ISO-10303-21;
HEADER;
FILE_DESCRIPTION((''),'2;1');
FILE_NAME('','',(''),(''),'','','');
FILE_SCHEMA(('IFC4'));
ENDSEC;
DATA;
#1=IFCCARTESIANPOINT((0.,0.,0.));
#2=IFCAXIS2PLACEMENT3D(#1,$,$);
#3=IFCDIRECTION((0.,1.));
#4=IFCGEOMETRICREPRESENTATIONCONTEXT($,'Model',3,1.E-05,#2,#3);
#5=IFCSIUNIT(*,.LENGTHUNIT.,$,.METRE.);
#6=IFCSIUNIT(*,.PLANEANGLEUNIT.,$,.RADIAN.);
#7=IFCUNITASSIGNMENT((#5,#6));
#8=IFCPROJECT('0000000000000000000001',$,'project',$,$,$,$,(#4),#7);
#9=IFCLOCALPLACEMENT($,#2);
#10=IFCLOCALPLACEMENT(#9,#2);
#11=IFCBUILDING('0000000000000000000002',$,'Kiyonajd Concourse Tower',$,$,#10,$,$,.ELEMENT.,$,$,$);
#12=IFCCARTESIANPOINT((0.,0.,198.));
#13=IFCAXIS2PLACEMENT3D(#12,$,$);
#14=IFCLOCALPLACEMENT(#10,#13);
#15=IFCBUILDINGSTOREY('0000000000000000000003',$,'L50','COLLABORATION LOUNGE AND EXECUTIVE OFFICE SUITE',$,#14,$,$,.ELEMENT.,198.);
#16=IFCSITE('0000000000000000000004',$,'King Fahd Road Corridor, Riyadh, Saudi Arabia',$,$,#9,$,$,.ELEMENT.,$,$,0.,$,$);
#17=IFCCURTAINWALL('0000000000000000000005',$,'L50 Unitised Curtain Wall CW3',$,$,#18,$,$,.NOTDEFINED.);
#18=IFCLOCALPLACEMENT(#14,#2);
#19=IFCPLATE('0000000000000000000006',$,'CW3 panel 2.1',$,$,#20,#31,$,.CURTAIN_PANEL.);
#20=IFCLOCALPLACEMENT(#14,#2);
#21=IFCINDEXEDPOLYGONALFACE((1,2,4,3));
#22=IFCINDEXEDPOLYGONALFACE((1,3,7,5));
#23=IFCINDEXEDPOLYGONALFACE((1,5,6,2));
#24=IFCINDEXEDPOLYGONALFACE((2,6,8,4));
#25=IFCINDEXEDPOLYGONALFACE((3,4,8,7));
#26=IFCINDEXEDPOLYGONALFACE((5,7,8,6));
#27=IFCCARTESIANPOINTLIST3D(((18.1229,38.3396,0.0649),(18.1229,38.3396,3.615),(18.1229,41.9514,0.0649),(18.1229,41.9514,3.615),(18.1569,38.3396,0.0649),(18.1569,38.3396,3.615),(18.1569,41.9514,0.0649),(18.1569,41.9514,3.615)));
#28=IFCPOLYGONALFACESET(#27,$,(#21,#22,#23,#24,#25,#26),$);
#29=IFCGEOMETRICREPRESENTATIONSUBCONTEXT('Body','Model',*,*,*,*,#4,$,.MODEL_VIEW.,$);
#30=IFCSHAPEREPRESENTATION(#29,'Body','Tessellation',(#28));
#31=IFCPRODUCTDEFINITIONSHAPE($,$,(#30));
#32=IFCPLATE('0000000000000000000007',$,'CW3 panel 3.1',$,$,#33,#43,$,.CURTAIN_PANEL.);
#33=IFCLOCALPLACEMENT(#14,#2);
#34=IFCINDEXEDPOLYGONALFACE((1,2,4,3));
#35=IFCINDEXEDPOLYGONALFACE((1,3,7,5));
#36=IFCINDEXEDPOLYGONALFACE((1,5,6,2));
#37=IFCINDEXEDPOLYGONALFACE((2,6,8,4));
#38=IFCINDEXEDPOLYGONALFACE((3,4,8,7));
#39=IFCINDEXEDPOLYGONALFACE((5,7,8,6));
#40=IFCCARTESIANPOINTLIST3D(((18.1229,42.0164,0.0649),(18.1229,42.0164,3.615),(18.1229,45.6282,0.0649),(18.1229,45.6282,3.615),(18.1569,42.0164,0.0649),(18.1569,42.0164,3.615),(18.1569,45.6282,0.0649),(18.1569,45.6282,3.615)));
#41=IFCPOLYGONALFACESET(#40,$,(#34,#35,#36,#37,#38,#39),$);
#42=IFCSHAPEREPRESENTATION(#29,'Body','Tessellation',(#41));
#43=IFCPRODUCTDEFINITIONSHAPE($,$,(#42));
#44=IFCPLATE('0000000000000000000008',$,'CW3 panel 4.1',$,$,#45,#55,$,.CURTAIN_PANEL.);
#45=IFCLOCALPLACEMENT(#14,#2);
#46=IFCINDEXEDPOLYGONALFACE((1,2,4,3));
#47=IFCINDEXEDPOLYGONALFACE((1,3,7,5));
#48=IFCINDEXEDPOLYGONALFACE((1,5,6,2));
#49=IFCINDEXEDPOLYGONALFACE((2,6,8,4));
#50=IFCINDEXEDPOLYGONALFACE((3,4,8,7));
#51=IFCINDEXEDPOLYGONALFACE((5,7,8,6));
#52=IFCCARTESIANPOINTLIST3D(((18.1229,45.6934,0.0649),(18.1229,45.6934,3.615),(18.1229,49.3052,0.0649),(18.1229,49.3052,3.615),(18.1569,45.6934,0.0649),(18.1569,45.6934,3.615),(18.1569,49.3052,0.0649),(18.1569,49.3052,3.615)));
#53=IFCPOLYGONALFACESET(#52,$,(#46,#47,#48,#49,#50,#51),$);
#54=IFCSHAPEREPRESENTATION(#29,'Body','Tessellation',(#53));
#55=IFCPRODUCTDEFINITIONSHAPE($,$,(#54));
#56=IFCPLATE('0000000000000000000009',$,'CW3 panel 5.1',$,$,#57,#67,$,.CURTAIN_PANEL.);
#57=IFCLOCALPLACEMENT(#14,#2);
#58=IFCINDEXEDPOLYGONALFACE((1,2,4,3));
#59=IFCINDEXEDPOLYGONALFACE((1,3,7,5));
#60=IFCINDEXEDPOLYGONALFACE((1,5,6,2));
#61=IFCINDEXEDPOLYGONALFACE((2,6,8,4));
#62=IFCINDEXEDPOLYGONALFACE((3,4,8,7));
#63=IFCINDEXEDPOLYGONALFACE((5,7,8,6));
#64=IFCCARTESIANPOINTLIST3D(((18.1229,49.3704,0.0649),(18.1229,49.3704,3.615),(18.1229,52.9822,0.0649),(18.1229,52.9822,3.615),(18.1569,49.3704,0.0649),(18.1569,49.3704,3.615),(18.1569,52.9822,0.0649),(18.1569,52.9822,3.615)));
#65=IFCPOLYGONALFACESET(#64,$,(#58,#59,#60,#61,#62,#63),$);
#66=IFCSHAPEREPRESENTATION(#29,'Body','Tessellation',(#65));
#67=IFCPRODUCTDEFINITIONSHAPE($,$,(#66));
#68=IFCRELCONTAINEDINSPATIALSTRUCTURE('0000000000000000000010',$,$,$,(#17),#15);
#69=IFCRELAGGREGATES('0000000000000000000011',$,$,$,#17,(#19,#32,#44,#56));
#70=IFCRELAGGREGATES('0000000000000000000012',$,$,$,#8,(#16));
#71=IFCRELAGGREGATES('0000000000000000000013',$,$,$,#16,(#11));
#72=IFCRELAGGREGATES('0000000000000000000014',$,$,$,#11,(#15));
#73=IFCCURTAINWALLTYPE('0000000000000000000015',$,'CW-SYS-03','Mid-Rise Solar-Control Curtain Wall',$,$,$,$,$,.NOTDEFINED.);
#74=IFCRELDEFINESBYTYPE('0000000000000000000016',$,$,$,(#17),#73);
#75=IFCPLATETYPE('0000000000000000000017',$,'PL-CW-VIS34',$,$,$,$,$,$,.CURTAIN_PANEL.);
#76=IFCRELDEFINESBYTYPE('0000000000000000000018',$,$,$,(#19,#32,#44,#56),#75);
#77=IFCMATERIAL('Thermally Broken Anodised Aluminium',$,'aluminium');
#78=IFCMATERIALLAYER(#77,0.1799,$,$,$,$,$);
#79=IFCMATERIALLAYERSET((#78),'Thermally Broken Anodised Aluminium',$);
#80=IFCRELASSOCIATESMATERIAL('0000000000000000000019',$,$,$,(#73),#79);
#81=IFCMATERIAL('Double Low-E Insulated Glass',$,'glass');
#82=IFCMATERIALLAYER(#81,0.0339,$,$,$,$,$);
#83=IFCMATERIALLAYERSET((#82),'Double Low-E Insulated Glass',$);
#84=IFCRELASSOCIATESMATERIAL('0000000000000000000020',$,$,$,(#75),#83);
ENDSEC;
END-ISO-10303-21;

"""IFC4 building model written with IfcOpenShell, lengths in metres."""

from ifc_helpers import new_model, si_unit, direction, frame, origin, origin_2d, place, context, subcontext, project, spatial, rectangle, extrude, material, layer, layer_set, type_object, element, aggregate, save


model = new_model("IFC4")

# Units and contexts
model_context = context("Model", 3, precision=1e-05, world=origin(), true_north=direction((0.0, 1.0)))
body_context = subcontext(model_context, "Body", "Model", "MODEL_VIEW")
ifc_project = project(units=[si_unit("LENGTHUNIT", "METRE"), si_unit("PLANEANGLEUNIT", "RADIAN")], contexts=[model_context])

# Site, building, storey
site_placement = place(None, origin())
site = spatial("IfcSite", under=ifc_project, at=site_placement, Name="King Fahd Road Corridor, Riyadh, Saudi Arabia", CompositionType="ELEMENT", RefElevation=0.0)
building_placement = place(site_placement, origin())
building = spatial("IfcBuilding", under=site, at=building_placement, Name="Kiyonajd Concourse Tower", CompositionType="ELEMENT")
storey_placement = place(building_placement, frame((0.0, 0.0, 198.0)))
storey = spatial("IfcBuildingStorey", under=building, at=storey_placement, Name="L50", Description="COLLABORATION LOUNGE AND EXECUTIVE OFFICE SUITE", CompositionType="ELEMENT", Elevation=198.0)

# Curtain wall, plates
ifc_material_1 = material(Name="Thermally Broken Anodised Aluminium", Category="aluminium")
ifc_layer_1 = layer(ifc_material_1, 0.1799)
ifc_layer_set_1 = layer_set([ifc_layer_1], Name="Thermally Broken Anodised Aluminium")
curtain_wall_type = type_object("IfcCurtainWallType", Name="CW-SYS-03", Description="Mid-Rise Solar-Control Curtain Wall", PredefinedType="NOTDEFINED", material=ifc_layer_set_1)
curtain_wall_placement = place(storey_placement, origin())
curtain_wall = element("IfcCurtainWall", 1, at=curtain_wall_placement, inside=storey, type_object=curtain_wall_type, Name="L50 Unitised Curtain Wall CW3", PredefinedType="NOTDEFINED")
ifc_material_2 = material(Name="Double Low-E Insulated Glass", Category="glass")
ifc_layer_2 = layer(ifc_material_2, 0.0339)
ifc_layer_set_2 = layer_set([ifc_layer_2], Name="Double Low-E Insulated Glass")
plate_type = type_object("IfcPlateType", Name="PL-CW-VIS34", PredefinedType="CURTAIN_PANEL", material=ifc_layer_set_2)
plate_1_placement = place(storey_placement, frame((18.1399, 40.1455, 0.0649), z_axis=(0.0, 0.0, 1.0), x_axis=(0.0, 1.0, 0.0)))
plate_1 = element("IfcPlate", 2, at=plate_1_placement, type_object=plate_type, Name="CW3 panel 2.1", PredefinedType="CURTAIN_PANEL", context=body_context, shape_type="SweptSolid", body=[
    extrude(rectangle(XDim=3.6118, YDim=0.0339, at=origin_2d()), origin(), (0.0, 0.0, 1.0), 3.55),
])
plate_2_placement = place(storey_placement, frame((18.1399, 43.8223, 0.0649), z_axis=(0.0, 0.0, 1.0), x_axis=(0.0, 1.0, 0.0)))
plate_2 = element("IfcPlate", 3, at=plate_2_placement, type_object=plate_type, Name="CW3 panel 3.1", PredefinedType="CURTAIN_PANEL", context=body_context, shape_type="SweptSolid", body=[
    extrude(rectangle(XDim=3.6118, YDim=0.0339, at=origin_2d()), origin(), (0.0, 0.0, 1.0), 3.55),
])
plate_3_placement = place(storey_placement, frame((18.1399, 47.4993, 0.0649), z_axis=(0.0, 0.0, 1.0), x_axis=(0.0, 1.0, 0.0)))
plate_3 = element("IfcPlate", 4, at=plate_3_placement, type_object=plate_type, Name="CW3 panel 4.1", PredefinedType="CURTAIN_PANEL", context=body_context, shape_type="SweptSolid", body=[
    extrude(rectangle(XDim=3.6118, YDim=0.0339, at=origin_2d()), origin(), (0.0, 0.0, 1.0), 3.55),
])
plate_4_placement = place(storey_placement, frame((18.1399, 51.1763, 0.0649), z_axis=(0.0, 0.0, 1.0), x_axis=(0.0, 1.0, 0.0)))
plate_4 = element("IfcPlate", 5, at=plate_4_placement, type_object=plate_type, Name="CW3 panel 5.1", PredefinedType="CURTAIN_PANEL", context=body_context, shape_type="SweptSolid", body=[
    extrude(rectangle(XDim=3.6118, YDim=0.0339, at=origin_2d()), origin(), (0.0, 0.0, 1.0), 3.55),
])
aggregate(curtain_wall, [plate_1, plate_2, plate_3, plate_4])

save(model, "model.ifc")
